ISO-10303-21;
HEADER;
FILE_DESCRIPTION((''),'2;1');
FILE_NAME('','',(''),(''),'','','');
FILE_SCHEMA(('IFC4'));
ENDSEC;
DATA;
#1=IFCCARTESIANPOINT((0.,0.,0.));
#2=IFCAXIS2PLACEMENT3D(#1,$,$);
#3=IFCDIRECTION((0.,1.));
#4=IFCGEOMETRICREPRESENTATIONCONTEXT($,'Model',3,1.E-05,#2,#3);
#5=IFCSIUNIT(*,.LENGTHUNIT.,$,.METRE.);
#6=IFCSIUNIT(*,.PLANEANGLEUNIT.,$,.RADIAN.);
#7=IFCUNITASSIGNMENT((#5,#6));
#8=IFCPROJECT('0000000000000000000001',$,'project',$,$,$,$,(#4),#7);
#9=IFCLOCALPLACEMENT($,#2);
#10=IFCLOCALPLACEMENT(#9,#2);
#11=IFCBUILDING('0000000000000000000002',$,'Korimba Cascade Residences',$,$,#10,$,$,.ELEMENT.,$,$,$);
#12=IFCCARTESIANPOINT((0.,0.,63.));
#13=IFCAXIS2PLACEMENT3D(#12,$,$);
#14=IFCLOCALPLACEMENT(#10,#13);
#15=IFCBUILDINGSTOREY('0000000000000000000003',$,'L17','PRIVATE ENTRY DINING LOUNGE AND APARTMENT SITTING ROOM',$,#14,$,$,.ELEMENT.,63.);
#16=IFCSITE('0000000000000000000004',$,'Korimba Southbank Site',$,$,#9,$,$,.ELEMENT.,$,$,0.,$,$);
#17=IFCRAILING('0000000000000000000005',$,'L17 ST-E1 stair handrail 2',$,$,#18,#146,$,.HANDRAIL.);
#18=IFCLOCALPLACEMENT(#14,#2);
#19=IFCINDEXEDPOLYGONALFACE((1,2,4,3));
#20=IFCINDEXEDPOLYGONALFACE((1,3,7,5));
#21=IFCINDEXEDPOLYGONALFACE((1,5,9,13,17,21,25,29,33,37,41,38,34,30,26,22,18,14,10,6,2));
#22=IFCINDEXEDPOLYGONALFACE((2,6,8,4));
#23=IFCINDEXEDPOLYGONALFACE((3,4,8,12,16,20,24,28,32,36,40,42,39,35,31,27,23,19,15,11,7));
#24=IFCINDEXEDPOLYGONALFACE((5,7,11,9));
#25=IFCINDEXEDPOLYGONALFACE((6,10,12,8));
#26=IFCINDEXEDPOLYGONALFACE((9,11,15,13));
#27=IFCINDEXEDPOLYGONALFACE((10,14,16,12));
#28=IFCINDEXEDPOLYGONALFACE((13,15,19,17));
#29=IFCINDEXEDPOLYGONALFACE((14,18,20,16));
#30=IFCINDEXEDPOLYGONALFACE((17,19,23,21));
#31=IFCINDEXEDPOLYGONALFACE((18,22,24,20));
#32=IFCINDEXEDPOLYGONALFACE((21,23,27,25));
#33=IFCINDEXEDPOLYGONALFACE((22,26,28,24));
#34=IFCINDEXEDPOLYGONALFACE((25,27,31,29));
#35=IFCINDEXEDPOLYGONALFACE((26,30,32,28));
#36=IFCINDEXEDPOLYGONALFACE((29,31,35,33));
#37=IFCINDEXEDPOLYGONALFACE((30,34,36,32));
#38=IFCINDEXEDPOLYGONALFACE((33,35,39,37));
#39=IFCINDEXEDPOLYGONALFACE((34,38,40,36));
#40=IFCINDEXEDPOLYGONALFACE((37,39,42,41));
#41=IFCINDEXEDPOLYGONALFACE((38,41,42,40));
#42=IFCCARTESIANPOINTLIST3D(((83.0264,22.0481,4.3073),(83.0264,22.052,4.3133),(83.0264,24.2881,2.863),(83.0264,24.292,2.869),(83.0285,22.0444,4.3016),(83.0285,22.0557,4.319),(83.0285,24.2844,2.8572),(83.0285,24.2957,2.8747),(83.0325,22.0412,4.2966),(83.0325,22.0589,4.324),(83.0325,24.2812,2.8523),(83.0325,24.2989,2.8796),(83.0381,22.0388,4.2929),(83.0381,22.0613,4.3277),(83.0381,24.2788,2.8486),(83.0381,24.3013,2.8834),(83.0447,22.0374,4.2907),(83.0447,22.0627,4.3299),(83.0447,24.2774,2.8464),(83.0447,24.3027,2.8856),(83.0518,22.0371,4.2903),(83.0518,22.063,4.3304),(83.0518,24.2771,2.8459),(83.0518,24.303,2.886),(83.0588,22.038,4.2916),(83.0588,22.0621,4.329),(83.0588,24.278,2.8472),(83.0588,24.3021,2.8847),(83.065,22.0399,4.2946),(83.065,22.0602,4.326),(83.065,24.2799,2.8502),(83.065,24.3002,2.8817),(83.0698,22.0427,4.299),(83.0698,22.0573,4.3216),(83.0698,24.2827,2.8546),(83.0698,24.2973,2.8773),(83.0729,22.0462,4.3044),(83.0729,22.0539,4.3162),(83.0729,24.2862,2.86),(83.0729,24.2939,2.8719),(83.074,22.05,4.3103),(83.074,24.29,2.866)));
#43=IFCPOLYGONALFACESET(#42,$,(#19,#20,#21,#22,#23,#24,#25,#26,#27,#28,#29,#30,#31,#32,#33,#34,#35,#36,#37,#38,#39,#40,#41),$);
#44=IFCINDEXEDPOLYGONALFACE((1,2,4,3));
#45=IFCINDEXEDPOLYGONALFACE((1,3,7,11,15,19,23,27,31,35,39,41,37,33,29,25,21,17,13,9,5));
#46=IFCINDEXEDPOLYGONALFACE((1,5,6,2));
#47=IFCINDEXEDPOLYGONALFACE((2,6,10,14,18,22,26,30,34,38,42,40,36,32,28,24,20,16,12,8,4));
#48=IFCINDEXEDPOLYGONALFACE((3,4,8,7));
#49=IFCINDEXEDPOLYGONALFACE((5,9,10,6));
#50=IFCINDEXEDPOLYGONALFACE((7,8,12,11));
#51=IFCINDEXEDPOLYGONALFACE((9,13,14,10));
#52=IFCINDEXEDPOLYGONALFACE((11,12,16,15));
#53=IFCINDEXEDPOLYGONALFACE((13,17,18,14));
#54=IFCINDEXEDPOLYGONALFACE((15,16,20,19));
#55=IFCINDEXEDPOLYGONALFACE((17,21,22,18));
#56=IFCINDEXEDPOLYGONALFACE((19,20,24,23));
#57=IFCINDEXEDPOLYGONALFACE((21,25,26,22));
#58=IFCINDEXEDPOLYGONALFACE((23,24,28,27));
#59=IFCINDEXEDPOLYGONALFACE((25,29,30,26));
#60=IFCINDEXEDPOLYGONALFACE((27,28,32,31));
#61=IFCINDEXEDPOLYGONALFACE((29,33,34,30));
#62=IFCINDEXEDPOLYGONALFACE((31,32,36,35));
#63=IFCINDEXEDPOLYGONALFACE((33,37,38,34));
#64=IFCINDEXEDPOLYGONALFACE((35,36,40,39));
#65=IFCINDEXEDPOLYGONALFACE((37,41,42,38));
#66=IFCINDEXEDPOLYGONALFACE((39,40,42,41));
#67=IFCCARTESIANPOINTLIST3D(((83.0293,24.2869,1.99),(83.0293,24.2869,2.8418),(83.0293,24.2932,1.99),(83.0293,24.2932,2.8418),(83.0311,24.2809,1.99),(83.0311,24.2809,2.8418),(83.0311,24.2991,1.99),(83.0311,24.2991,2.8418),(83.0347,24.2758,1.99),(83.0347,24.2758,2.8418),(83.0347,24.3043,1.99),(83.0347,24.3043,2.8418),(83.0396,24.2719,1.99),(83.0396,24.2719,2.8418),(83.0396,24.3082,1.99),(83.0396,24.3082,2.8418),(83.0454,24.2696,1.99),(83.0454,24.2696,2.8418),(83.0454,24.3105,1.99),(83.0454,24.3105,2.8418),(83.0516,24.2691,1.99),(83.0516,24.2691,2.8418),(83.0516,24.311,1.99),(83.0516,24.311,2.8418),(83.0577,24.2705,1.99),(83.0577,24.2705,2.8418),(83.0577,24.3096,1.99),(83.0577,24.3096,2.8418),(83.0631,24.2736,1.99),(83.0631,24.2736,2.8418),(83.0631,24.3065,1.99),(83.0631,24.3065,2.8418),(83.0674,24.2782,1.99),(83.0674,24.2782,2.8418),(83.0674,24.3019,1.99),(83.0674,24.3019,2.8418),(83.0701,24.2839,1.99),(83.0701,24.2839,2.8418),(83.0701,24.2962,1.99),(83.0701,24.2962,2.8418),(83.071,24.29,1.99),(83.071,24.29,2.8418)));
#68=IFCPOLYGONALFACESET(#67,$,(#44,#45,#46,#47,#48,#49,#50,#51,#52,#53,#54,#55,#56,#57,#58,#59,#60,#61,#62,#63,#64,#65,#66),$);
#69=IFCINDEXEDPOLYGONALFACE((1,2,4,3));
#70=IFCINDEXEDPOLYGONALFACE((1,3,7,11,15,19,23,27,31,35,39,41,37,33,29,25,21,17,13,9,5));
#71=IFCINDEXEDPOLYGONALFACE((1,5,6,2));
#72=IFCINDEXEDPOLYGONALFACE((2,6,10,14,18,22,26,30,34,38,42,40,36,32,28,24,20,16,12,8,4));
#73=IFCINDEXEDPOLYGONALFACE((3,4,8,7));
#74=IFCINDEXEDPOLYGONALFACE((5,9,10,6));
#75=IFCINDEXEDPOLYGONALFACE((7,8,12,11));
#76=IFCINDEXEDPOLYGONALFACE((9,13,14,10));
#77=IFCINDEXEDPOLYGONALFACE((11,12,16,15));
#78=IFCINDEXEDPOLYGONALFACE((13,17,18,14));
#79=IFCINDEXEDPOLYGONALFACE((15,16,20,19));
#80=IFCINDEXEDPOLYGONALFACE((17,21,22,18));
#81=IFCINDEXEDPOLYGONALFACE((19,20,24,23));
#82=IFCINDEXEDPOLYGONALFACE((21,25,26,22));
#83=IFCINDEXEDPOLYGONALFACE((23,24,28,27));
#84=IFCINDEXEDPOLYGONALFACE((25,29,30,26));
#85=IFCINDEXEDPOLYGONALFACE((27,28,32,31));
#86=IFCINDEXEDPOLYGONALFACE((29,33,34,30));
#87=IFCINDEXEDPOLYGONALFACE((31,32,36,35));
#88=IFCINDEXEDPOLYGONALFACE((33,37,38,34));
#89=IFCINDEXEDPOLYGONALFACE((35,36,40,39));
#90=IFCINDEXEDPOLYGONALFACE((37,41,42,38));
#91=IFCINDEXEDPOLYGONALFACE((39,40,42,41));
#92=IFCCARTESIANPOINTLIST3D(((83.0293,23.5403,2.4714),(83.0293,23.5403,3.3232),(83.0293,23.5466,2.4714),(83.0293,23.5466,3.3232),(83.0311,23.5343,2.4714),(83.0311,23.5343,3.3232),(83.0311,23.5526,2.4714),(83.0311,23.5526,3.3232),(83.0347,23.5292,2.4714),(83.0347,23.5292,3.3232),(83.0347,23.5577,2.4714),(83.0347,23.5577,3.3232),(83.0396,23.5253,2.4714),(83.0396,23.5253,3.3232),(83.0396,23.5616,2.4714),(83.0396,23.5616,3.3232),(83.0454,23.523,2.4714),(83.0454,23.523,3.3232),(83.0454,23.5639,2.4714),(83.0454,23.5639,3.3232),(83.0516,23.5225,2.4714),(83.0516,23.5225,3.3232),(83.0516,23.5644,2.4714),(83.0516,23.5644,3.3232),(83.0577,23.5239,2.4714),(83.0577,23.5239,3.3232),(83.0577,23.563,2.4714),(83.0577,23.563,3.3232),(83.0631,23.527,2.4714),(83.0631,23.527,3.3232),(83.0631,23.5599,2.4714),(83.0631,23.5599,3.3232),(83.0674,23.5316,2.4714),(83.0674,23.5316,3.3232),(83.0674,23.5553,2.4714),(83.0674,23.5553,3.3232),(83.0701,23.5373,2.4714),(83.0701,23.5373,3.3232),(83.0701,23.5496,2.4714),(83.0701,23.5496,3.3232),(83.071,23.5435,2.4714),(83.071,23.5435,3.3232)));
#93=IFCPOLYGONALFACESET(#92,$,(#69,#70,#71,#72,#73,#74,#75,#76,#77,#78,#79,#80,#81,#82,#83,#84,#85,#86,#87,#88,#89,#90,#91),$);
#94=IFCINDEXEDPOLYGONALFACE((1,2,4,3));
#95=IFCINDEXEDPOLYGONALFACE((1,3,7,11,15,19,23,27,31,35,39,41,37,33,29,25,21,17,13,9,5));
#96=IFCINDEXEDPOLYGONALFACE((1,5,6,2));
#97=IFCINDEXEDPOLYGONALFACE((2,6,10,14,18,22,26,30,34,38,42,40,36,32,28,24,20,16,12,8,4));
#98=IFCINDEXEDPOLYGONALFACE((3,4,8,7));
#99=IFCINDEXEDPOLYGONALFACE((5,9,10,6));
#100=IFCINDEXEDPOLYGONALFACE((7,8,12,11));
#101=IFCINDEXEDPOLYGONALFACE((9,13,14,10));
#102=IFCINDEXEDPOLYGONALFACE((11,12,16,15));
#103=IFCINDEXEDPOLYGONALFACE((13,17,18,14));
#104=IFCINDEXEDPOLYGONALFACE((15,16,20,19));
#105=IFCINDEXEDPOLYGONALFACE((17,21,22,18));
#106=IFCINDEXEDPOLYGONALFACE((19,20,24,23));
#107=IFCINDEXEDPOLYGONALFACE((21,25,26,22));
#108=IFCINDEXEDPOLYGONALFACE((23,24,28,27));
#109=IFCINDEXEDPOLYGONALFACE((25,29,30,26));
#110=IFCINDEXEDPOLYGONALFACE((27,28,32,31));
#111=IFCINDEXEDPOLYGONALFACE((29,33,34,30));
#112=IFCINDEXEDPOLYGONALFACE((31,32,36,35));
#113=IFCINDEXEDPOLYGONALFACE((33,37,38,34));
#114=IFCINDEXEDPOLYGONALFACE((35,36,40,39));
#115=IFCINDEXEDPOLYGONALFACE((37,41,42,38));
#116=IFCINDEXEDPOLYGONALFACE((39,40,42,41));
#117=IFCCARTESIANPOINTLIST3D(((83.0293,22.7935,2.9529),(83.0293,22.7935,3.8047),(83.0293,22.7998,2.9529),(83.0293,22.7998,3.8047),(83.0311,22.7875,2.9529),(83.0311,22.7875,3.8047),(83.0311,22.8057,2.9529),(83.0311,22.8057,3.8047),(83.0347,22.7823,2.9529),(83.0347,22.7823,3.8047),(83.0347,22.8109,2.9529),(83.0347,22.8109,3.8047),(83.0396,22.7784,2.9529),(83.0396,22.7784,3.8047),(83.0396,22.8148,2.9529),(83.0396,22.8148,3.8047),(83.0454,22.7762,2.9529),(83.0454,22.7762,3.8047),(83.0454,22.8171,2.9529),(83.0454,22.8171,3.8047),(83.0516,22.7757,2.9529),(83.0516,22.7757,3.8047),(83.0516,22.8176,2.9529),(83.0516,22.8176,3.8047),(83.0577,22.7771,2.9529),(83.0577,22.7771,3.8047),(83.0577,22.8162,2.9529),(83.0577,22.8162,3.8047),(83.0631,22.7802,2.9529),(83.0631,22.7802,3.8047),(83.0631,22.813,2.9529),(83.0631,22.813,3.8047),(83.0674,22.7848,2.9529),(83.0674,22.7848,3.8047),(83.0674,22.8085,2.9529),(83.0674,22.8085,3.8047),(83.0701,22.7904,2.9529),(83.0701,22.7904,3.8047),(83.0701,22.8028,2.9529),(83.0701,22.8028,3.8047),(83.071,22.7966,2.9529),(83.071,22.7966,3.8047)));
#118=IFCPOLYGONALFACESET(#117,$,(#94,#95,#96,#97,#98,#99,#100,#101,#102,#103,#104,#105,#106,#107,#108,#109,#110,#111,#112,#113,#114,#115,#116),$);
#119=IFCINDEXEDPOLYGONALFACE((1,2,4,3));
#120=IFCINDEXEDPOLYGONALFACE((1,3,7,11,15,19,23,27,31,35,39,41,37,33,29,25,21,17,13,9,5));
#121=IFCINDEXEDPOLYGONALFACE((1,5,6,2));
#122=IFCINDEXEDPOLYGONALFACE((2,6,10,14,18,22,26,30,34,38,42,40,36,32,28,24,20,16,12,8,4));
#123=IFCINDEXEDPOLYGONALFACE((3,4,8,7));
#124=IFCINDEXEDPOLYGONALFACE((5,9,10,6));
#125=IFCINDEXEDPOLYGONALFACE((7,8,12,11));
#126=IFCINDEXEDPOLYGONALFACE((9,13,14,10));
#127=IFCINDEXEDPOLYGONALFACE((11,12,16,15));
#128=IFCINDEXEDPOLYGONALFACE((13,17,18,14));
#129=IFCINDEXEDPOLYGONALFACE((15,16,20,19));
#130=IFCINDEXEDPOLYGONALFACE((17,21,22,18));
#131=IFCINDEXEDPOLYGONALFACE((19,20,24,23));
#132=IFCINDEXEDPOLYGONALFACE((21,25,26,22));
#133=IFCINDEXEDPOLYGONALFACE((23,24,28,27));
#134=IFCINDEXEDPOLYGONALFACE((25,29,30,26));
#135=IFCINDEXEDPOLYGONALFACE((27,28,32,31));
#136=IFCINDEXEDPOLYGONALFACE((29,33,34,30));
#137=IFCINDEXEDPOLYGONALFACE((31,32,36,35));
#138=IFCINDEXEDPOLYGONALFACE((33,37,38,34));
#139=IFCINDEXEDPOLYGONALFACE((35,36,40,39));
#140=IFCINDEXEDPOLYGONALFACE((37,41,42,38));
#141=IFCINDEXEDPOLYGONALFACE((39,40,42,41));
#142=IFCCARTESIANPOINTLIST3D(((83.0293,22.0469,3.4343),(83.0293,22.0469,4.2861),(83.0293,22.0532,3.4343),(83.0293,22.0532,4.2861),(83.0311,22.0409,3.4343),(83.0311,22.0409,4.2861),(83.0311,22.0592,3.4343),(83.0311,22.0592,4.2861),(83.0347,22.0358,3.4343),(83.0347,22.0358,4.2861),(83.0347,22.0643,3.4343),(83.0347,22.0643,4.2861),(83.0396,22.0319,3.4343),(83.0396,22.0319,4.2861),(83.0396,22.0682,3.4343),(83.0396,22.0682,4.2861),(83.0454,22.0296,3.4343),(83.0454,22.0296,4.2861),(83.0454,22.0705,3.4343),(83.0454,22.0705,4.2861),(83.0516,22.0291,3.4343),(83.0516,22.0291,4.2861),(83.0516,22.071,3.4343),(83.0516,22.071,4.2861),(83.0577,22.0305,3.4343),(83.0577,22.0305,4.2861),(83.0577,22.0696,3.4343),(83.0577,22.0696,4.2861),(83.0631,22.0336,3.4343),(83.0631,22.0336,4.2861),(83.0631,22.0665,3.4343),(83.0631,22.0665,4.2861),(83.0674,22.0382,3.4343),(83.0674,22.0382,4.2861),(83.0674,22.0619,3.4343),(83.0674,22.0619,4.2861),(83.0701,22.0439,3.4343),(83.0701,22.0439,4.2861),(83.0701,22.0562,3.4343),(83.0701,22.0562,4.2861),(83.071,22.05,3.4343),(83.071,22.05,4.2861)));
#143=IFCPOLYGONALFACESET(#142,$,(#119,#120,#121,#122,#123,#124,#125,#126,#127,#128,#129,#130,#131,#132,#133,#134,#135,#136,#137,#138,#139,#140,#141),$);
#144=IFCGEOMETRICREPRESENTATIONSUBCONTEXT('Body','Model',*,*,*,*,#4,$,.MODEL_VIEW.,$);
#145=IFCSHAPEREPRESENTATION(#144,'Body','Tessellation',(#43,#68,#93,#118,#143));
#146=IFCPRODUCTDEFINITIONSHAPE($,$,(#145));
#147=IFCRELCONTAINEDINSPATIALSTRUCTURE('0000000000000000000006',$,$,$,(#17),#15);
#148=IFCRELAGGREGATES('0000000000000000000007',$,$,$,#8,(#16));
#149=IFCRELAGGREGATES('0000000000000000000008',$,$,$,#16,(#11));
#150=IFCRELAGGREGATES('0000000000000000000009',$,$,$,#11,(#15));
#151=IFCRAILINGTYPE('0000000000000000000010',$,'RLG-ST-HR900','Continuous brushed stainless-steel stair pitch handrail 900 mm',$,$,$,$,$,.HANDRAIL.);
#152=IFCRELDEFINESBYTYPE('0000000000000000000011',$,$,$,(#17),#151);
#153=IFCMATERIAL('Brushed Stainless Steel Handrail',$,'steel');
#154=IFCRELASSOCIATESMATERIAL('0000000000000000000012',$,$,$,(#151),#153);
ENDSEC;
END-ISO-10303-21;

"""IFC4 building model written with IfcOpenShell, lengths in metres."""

from ifc_helpers import new_model, si_unit, direction, frame, origin, origin_2d, place, context, subcontext, project, spatial, circle, extrude, material, type_object, element, save


model = new_model("IFC4")

# Units and contexts
model_context = context("Model", 3, precision=1e-05, world=origin(), true_north=direction((0.0, 1.0)))
body_context = subcontext(model_context, "Body", "Model", "MODEL_VIEW")
ifc_project = project(units=[si_unit("LENGTHUNIT", "METRE"), si_unit("PLANEANGLEUNIT", "RADIAN")], contexts=[model_context])

# Site, building, storey
site_placement = place(None, origin())
site = spatial("IfcSite", under=ifc_project, at=site_placement, Name="Korimba Southbank Site", CompositionType="ELEMENT", RefElevation=0.0)
building_placement = place(site_placement, origin())
building = spatial("IfcBuilding", under=site, at=building_placement, Name="Korimba Cascade Residences", CompositionType="ELEMENT")
storey_placement = place(building_placement, frame((0.0, 0.0, 63.0)))
storey = spatial("IfcBuildingStorey", under=building, at=storey_placement, Name="L17", Description="PRIVATE ENTRY DINING LOUNGE AND APARTMENT SITTING ROOM", CompositionType="ELEMENT", Elevation=63.0)

# Railing
ifc_material_1 = material(Name="Brushed Stainless Steel Handrail", Category="steel")
railing_type_1 = type_object("IfcRailingType", Name="RLG-ST-HR900", Description="Continuous brushed stainless-steel stair pitch handrail 900 mm", PredefinedType="HANDRAIL", material=ifc_material_1)
railing_1_placement = place(storey_placement, frame((83.05, 24.29, 1.99)))
element("IfcRailing", 1, at=railing_1_placement, inside=storey, type_object=railing_type_1, Name="L17 ST-E1 stair handrail 2", PredefinedType="HANDRAIL", context=body_context, shape_type="SweptSolid", body=[
    extrude(circle(Radius=0.0239, at=origin_2d()), frame((0.0, 0.0, 0.876), z_axis=(0.0, -0.840437, 0.54191), x_axis=(1.0, 0.0, 0.0)), (0.0, 0.0, 1.0), 2.6653),
    extrude(circle(Radius=0.021, at=origin_2d()), origin(), (0.0, 0.0, 1.0), 0.8518),
    extrude(circle(Radius=0.021, at=origin_2d()), frame((0.0, -0.7466, 0.4814)), (0.0, 0.0, 1.0), 0.8518),
    extrude(circle(Radius=0.021, at=origin_2d()), frame((0.0, -1.4934, 0.9629)), (0.0, 0.0, 1.0), 0.8518),
    extrude(circle(Radius=0.021, at=origin_2d()), frame((0.0, -2.24, 1.4443)), (0.0, 0.0, 1.0), 0.8518),
])

save(model, "model.ifc")
